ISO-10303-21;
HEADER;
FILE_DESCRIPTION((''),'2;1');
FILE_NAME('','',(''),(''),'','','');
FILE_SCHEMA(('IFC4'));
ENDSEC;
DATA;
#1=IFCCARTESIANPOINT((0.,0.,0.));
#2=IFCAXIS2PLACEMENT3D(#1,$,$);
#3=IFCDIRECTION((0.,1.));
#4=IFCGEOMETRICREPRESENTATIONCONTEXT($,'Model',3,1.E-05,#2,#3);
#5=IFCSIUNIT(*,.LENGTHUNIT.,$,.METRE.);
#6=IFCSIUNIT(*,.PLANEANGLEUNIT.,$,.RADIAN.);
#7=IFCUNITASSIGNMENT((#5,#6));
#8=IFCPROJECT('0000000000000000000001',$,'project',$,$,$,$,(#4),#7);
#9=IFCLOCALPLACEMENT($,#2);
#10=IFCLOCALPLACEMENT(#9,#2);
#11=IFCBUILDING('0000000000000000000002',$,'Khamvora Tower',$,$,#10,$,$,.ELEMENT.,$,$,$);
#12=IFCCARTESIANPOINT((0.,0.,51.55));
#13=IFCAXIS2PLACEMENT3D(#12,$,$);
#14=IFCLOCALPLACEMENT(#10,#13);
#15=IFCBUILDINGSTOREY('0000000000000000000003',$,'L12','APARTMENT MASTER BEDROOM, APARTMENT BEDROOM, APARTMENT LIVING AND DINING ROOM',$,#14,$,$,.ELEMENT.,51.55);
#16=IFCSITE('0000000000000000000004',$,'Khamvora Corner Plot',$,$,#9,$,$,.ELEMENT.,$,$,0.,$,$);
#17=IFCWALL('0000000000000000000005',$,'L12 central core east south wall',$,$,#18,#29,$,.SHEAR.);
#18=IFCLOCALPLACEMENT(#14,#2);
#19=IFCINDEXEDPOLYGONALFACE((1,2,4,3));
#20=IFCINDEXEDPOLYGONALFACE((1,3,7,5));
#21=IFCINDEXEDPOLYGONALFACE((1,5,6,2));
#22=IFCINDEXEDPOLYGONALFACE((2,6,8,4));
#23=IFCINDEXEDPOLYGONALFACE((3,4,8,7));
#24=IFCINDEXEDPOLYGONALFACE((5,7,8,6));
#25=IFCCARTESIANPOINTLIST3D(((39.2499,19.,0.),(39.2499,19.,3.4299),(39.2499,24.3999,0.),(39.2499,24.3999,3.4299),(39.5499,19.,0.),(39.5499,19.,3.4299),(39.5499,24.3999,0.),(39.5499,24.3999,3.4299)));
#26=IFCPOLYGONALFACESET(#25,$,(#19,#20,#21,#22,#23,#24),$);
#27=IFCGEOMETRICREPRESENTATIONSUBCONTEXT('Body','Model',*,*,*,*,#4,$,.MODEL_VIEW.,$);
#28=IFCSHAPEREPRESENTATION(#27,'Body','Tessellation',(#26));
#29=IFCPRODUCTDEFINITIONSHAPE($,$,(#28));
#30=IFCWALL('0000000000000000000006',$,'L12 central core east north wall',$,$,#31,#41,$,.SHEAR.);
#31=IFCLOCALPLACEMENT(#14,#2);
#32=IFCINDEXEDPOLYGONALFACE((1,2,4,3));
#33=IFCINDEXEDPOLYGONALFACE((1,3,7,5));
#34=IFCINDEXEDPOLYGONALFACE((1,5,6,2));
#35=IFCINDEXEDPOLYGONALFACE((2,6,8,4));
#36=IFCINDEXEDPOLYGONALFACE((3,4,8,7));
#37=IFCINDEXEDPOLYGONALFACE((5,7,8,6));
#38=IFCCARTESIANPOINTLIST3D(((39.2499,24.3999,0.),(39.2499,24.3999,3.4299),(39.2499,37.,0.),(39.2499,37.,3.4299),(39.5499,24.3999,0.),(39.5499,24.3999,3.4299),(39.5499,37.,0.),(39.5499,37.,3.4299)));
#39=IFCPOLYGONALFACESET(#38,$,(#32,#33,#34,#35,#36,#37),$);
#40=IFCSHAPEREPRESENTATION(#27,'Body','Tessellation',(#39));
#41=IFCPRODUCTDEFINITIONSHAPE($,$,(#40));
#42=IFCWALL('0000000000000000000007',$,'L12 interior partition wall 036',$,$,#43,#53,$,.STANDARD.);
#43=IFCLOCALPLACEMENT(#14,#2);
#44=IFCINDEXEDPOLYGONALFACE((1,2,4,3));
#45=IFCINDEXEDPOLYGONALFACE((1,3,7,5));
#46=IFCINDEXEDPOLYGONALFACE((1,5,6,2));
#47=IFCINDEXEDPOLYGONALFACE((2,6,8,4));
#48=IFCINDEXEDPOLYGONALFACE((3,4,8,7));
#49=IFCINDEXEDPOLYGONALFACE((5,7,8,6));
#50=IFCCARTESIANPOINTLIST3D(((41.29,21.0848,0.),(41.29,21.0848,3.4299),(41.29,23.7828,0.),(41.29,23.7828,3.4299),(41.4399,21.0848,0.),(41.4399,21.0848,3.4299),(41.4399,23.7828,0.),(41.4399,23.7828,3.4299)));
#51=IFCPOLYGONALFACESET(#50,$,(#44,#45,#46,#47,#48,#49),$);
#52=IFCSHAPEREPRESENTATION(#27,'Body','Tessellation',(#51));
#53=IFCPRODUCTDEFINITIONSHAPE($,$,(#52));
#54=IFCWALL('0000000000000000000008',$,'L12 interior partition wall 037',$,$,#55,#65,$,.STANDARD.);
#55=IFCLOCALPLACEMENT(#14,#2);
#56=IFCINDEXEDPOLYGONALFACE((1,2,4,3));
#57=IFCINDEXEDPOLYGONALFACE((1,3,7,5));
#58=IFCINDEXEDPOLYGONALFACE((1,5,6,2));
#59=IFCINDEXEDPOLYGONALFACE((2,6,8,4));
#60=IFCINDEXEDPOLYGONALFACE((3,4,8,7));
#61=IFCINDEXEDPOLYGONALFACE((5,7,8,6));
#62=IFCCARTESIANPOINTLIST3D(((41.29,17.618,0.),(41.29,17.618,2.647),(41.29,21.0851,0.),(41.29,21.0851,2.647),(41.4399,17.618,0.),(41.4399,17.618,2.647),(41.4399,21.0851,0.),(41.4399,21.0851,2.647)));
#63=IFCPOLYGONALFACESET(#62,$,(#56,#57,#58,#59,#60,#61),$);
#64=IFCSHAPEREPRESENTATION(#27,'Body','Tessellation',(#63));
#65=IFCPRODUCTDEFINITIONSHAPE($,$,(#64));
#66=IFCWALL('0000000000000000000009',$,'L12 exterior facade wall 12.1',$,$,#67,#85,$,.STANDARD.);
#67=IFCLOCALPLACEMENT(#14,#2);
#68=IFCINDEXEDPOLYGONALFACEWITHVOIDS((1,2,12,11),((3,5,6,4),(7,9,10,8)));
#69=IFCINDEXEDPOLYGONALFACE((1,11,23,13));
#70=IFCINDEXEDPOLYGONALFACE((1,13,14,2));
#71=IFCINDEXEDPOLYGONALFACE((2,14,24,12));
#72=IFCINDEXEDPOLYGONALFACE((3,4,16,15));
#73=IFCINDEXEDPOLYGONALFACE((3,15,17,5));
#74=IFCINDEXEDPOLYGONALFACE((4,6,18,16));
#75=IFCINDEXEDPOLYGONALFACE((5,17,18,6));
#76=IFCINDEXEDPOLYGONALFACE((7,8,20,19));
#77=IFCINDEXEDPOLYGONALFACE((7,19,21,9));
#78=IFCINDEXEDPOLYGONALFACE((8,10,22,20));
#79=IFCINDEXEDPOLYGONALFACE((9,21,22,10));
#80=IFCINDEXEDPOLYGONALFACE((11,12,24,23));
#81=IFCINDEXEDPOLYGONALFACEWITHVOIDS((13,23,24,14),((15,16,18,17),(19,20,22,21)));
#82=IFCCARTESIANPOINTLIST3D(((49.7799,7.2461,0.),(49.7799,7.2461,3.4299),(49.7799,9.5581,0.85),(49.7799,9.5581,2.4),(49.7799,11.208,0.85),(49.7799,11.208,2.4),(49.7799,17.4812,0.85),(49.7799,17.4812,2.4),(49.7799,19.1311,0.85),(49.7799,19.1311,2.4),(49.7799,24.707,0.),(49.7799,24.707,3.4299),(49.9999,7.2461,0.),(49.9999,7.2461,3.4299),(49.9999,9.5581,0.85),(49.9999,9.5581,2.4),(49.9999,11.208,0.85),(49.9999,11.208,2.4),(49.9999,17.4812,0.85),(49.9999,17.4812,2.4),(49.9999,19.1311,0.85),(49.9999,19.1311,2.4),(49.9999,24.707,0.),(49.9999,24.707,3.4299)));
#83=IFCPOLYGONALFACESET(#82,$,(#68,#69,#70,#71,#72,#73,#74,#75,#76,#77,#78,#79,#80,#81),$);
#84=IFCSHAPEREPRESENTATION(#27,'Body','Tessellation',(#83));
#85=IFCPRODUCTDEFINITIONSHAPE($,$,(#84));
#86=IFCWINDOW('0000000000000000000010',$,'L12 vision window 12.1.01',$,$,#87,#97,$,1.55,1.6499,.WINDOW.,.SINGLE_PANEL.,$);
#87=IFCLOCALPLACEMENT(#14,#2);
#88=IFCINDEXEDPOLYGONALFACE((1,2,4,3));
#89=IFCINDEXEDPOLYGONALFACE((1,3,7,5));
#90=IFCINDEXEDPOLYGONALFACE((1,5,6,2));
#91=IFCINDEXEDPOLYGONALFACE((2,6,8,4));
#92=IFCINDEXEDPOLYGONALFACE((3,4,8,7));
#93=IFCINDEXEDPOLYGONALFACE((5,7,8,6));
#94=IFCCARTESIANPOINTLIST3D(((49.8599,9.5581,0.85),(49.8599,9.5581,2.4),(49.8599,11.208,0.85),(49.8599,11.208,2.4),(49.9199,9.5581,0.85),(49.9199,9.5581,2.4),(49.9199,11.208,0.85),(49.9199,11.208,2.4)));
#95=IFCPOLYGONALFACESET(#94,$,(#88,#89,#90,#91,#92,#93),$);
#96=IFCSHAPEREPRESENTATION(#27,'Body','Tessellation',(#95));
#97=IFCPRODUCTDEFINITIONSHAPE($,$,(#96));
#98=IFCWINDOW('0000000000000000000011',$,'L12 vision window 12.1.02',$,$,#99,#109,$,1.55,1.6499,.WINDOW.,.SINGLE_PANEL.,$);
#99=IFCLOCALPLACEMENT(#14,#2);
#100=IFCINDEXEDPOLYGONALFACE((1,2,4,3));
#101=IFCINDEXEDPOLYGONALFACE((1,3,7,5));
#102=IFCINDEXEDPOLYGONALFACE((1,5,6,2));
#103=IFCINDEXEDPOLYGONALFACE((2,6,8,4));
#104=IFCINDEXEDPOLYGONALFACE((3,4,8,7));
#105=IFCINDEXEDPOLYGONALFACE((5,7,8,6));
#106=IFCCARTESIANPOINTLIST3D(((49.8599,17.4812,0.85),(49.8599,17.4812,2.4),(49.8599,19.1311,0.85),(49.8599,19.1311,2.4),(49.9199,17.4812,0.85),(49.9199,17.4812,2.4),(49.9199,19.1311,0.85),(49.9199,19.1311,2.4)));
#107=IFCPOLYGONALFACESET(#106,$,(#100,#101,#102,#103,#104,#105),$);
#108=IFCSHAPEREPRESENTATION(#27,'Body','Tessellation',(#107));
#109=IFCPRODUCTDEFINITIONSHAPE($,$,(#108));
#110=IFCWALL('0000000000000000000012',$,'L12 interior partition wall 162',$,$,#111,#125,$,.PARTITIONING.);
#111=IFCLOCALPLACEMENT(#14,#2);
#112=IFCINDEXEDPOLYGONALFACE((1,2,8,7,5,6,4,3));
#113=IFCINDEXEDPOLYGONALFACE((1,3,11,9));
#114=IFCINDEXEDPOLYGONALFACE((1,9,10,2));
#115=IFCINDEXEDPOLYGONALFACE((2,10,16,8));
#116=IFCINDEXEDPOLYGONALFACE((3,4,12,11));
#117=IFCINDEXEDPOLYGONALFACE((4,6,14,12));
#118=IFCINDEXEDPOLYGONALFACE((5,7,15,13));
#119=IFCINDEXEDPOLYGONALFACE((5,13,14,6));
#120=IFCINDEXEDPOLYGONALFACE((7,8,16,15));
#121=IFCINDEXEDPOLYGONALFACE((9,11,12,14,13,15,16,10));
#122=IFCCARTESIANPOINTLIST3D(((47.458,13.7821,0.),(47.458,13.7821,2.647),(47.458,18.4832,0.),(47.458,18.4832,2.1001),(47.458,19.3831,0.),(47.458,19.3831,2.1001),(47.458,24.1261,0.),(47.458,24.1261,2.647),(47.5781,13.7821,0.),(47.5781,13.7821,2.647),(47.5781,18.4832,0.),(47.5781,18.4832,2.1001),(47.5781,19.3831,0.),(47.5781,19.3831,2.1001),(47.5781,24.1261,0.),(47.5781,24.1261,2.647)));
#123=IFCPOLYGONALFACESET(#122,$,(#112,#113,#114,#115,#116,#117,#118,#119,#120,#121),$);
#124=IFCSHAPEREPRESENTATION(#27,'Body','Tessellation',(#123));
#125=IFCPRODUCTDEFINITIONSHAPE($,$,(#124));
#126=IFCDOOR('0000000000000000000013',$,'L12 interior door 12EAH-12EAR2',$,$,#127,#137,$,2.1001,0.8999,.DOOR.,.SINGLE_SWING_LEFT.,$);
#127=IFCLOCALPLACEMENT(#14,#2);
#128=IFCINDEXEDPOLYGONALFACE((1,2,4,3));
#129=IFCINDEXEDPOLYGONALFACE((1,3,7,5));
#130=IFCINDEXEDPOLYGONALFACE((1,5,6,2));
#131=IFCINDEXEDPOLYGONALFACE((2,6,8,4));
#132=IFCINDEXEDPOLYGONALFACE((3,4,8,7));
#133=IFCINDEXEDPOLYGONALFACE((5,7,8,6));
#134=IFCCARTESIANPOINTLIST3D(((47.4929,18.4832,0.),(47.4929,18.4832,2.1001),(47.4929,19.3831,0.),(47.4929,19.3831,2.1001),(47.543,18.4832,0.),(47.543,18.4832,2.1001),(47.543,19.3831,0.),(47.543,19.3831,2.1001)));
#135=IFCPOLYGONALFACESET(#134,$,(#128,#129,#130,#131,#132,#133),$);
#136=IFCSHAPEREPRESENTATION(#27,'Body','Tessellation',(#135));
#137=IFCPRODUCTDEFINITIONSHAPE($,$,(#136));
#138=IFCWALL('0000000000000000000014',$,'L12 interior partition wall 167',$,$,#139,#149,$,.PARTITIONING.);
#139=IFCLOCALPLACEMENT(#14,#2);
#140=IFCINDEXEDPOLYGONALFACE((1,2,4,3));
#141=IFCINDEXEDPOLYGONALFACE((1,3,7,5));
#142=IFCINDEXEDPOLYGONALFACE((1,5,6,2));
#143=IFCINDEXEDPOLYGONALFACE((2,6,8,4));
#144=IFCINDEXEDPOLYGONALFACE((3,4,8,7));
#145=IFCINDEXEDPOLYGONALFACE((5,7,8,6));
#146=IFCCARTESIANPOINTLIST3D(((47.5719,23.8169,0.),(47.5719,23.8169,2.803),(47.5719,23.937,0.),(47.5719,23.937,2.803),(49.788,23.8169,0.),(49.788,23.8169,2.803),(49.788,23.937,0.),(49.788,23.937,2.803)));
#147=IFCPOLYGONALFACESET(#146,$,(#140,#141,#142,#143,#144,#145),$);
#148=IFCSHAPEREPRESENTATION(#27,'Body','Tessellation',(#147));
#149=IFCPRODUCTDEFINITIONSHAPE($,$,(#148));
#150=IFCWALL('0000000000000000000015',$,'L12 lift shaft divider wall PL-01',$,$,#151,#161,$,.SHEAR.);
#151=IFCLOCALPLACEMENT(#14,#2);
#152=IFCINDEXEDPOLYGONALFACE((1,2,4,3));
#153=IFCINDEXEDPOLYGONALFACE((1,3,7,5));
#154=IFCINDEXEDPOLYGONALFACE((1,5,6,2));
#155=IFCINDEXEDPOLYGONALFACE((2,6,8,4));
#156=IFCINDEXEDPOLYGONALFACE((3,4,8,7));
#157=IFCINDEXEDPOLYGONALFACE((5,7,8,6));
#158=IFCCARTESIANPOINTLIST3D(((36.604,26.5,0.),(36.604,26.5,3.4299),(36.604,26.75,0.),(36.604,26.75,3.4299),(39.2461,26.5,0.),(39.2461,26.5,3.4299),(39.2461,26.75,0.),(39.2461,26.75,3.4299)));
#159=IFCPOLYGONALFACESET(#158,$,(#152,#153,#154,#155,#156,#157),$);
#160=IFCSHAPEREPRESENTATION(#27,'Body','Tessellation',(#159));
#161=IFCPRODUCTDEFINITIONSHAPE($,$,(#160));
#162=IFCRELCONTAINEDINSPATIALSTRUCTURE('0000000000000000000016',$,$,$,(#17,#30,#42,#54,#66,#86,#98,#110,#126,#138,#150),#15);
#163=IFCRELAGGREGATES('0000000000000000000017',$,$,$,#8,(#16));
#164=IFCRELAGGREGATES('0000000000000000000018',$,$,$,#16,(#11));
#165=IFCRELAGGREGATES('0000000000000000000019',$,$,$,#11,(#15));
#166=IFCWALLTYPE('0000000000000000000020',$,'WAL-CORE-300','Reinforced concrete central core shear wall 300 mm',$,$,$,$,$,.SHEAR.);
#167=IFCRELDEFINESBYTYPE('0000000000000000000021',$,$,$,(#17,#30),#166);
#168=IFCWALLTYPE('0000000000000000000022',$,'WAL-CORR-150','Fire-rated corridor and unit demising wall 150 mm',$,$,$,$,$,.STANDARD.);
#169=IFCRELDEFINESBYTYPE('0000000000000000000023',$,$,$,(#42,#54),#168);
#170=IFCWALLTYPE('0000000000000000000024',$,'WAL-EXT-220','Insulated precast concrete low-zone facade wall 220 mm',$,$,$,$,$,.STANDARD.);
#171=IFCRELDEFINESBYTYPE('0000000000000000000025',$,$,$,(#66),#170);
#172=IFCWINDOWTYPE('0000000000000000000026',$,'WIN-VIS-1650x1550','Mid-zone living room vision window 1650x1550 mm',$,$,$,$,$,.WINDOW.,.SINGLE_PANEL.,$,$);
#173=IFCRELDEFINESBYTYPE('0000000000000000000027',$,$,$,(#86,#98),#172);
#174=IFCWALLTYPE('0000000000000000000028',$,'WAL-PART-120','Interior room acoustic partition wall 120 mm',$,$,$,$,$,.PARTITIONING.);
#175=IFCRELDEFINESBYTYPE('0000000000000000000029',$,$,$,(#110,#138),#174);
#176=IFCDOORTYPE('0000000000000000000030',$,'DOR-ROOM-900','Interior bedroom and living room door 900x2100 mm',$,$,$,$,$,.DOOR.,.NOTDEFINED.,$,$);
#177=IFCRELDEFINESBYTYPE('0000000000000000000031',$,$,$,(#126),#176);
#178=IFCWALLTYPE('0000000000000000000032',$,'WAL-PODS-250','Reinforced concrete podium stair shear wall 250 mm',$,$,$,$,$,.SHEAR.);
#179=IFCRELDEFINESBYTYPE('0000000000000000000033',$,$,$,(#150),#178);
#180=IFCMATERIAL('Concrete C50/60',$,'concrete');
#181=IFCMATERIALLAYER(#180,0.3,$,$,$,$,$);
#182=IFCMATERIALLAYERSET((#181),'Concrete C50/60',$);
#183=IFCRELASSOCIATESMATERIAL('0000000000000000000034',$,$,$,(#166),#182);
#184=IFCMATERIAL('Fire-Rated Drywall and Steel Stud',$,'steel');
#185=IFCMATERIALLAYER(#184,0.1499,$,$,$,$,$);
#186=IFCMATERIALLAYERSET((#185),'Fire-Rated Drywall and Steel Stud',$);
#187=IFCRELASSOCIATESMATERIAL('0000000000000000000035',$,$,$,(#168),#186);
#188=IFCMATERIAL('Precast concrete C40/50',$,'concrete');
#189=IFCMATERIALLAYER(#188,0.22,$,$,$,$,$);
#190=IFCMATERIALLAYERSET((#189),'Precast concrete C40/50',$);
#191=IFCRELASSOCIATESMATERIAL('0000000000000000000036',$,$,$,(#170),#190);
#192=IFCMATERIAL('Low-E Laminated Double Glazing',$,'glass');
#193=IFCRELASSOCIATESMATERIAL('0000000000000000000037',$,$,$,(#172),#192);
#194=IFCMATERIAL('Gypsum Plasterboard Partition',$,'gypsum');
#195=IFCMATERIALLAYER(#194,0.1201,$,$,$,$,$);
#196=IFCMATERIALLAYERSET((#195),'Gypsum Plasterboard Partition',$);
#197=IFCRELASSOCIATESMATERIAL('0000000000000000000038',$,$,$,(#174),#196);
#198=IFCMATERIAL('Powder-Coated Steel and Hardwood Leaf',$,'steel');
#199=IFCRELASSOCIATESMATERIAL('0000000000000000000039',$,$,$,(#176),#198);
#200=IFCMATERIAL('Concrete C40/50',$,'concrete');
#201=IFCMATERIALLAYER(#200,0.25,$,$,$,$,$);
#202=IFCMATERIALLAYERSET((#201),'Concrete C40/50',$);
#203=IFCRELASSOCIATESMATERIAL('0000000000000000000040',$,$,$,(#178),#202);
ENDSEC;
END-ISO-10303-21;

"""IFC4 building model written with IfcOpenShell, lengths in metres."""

from ifc_helpers import new_model, si_unit, direction, frame, frame_2d, origin, place, context, subcontext, project, spatial, rectangle, extrude, material, layer, layer_set, type_object, element, fill, save


model = new_model("IFC4")

# Units and contexts
model_context = context("Model", 3, precision=1e-05, world=origin(), true_north=direction((0.0, 1.0)))
body_context = subcontext(model_context, "Body", "Model", "MODEL_VIEW")
ifc_project = project(units=[si_unit("LENGTHUNIT", "METRE"), si_unit("PLANEANGLEUNIT", "RADIAN")], contexts=[model_context])

# Site, building, storey
site_placement = place(None, origin())
site = spatial("IfcSite", under=ifc_project, at=site_placement, Name="Khamvora Corner Plot", CompositionType="ELEMENT", RefElevation=0.0)
building_placement = place(site_placement, origin())
building = spatial("IfcBuilding", under=site, at=building_placement, Name="Khamvora Tower", CompositionType="ELEMENT")
storey_placement = place(building_placement, frame((0.0, 0.0, 51.55)))
storey = spatial("IfcBuildingStorey", under=building, at=storey_placement, Name="L12", Description="APARTMENT MASTER BEDROOM, APARTMENT BEDROOM, APARTMENT LIVING AND DINING ROOM", CompositionType="ELEMENT", Elevation=51.55)

# Walls
ifc_material_1 = material(Name="Concrete C50/60", Category="concrete")
ifc_layer_1 = layer(ifc_material_1, 0.3)
ifc_layer_set_1 = layer_set([ifc_layer_1], Name="Concrete C50/60")
wall_type_1 = type_object("IfcWallType", Name="WAL-CORE-300", Description="Reinforced concrete central core shear wall 300 mm", PredefinedType="SHEAR", material=ifc_layer_set_1)
wall_1_placement = place(storey_placement, frame((39.3999, 19.0, 0.0), z_axis=(0.0, 0.0, 1.0), x_axis=(0.0, 1.0, 0.0)))
element("IfcWall", 1, at=wall_1_placement, inside=storey, type_object=wall_type_1, Name="L12 central core east south wall", PredefinedType="SHEAR", context=body_context, shape_type="SweptSolid", body=[
    extrude(rectangle(XDim=5.3999, YDim=0.3, at=frame_2d((2.7, 0.0))), origin(), (0.0, 0.0, 1.0), 3.4299),
])
wall_2_placement = place(storey_placement, frame((39.3999, 24.3999, 0.0), z_axis=(0.0, 0.0, 1.0), x_axis=(0.0, 1.0, 0.0)))
element("IfcWall", 2, at=wall_2_placement, inside=storey, type_object=wall_type_1, Name="L12 central core east north wall", PredefinedType="SHEAR", context=body_context, shape_type="SweptSolid", body=[
    extrude(rectangle(XDim=12.6001, YDim=0.3, at=frame_2d((6.3, 0.0))), origin(), (0.0, 0.0, 1.0), 3.4299),
])
ifc_material_2 = material(Name="Fire-Rated Drywall and Steel Stud", Category="steel")
ifc_layer_2 = layer(ifc_material_2, 0.1499)
ifc_layer_set_2 = layer_set([ifc_layer_2], Name="Fire-Rated Drywall and Steel Stud")
wall_type_2 = type_object("IfcWallType", Name="WAL-CORR-150", Description="Fire-rated corridor and unit demising wall 150 mm", PredefinedType="STANDARD", material=ifc_layer_set_2)
wall_3_placement = place(storey_placement, frame((41.365, 23.783, 0.0), z_axis=(0.0, 0.0, 1.0), x_axis=(0.0, -1.0, 0.0)))
element("IfcWall", 3, at=wall_3_placement, inside=storey, type_object=wall_type_2, Name="L12 interior partition wall 036", PredefinedType="STANDARD", context=body_context, shape_type="SweptSolid", body=[
    extrude(rectangle(XDim=2.698, YDim=0.1499, at=frame_2d((1.3491, 0.0))), origin(), (0.0, 0.0, 1.0), 3.4299),
])
wall_4_placement = place(storey_placement, frame((41.365, 21.085, 0.0), z_axis=(0.0, 0.0, 1.0), x_axis=(0.0, -1.0, 0.0)))
element("IfcWall", 4, at=wall_4_placement, inside=storey, type_object=wall_type_2, Name="L12 interior partition wall 037", PredefinedType="STANDARD", context=body_context, shape_type="SweptSolid", body=[
    extrude(rectangle(XDim=3.467, YDim=0.1499, at=frame_2d((1.7334, 0.0))), origin(), (0.0, 0.0, 1.0), 2.647),
])

# Wall, openings, windows
ifc_material_3 = material(Name="Precast concrete C40/50", Category="concrete")
ifc_layer_3 = layer(ifc_material_3, 0.22)
ifc_layer_set_3 = layer_set([ifc_layer_3], Name="Precast concrete C40/50")
wall_type_3 = type_object("IfcWallType", Name="WAL-EXT-220", Description="Insulated precast concrete low-zone facade wall 220 mm", PredefinedType="STANDARD", material=ifc_layer_set_3)
wall_5_placement = place(storey_placement, frame((49.8899, 24.707, 0.0), z_axis=(0.0, 0.0, 1.0), x_axis=(0.0, -1.0, 0.0)))
wall_5 = element("IfcWall", 5, at=wall_5_placement, inside=storey, type_object=wall_type_3, Name="L12 exterior facade wall 12.1", PredefinedType="STANDARD", context=body_context, shape_type="SweptSolid", body=[
    extrude(rectangle(XDim=17.4609, YDim=0.22, at=frame_2d((8.7305, 0.0))), origin(), (0.0, 0.0, 1.0), 3.4299),
])
opening_1_placement = place(wall_5_placement, frame((13.499, 0.0, 0.8501)))
opening_1 = element("IfcOpeningElement", 6, at=opening_1_placement, cuts=wall_5, PredefinedType="OPENING", context=body_context, shape_type="SweptSolid", body=[
    extrude(rectangle(XDim=1.6499, YDim=1.55, at=frame_2d((0.825, 0.7749))), frame((0.0, 0.1199, 0.0), z_axis=(0.0, -1.0, 0.0), x_axis=(1.0, 0.0, 0.0)), (0.0, 0.0, 1.0), 0.24),
])
opening_2_placement = place(wall_5_placement, frame((5.5759, 0.0, 0.8501)))
opening_2 = element("IfcOpeningElement", 7, at=opening_2_placement, cuts=wall_5, PredefinedType="OPENING", context=body_context, shape_type="SweptSolid", body=[
    extrude(rectangle(XDim=1.6499, YDim=1.55, at=frame_2d((0.825, 0.7749))), frame((0.0, 0.1199, 0.0), z_axis=(0.0, -1.0, 0.0), x_axis=(1.0, 0.0, 0.0)), (0.0, 0.0, 1.0), 0.24),
])
ifc_material_4 = material(Name="Low-E Laminated Double Glazing", Category="glass")
window_type = type_object("IfcWindowType", Name="WIN-VIS-1650x1550", Description="Mid-zone living room vision window 1650x1550 mm", PartitioningType="SINGLE_PANEL", PredefinedType="WINDOW", material=ifc_material_4)
window_1_placement = place(opening_1_placement, origin())
window_1 = element("IfcWindow", 8, at=window_1_placement, inside=storey, type_object=window_type, Name="L12 vision window 12.1.01", OverallHeight=1.55, OverallWidth=1.6499, PartitioningType="SINGLE_PANEL", PredefinedType="WINDOW", context=body_context, shape_type="SweptSolid", body=[
    extrude(rectangle(XDim=1.6499, YDim=1.55, at=frame_2d((0.825, 0.7749))), frame((0.0, 0.03, 0.0), z_axis=(0.0, -1.0, 0.0), x_axis=(1.0, 0.0, 0.0)), (0.0, 0.0, 1.0), 0.0601),
])
fill(opening_1, window_1)
window_2_placement = place(opening_2_placement, origin())
window_2 = element("IfcWindow", 9, at=window_2_placement, inside=storey, type_object=window_type, Name="L12 vision window 12.1.02", OverallHeight=1.55, OverallWidth=1.6499, PartitioningType="SINGLE_PANEL", PredefinedType="WINDOW", context=body_context, shape_type="SweptSolid", body=[
    extrude(rectangle(XDim=1.6499, YDim=1.55, at=frame_2d((0.825, 0.7749))), frame((0.0, 0.03, 0.0), z_axis=(0.0, -1.0, 0.0), x_axis=(1.0, 0.0, 0.0)), (0.0, 0.0, 1.0), 0.0601),
])
fill(opening_2, window_2)

# Wall, opening, door
ifc_material_5 = material(Name="Gypsum Plasterboard Partition", Category="gypsum")
ifc_layer_4 = layer(ifc_material_5, 0.1201)
ifc_layer_set_4 = layer_set([ifc_layer_4], Name="Gypsum Plasterboard Partition")
wall_type_4 = type_object("IfcWallType", Name="WAL-PART-120", Description="Interior room acoustic partition wall 120 mm", PredefinedType="PARTITIONING", material=ifc_layer_set_4)
wall_6_placement = place(storey_placement, frame((47.5181, 24.126, 0.0), z_axis=(0.0, 0.0, 1.0), x_axis=(0.0, -1.0, 0.0)))
wall_6 = element("IfcWall", 10, at=wall_6_placement, inside=storey, type_object=wall_type_4, Name="L12 interior partition wall 162", PredefinedType="PARTITIONING", context=body_context, shape_type="SweptSolid", body=[
    extrude(rectangle(XDim=10.344, YDim=0.1201, at=frame_2d((5.1719, 0.0))), origin(), (0.0, 0.0, 1.0), 2.647),
])
opening_3_placement = place(wall_6_placement, frame((4.7429, 0.0, 0.0)))
opening_3 = element("IfcOpeningElement", 11, at=opening_3_placement, cuts=wall_6, PredefinedType="OPENING", context=body_context, shape_type="SweptSolid", body=[
    extrude(rectangle(XDim=0.8999, YDim=2.1001, at=frame_2d((0.45, 1.05))), frame((0.0, 0.0701, 0.0), z_axis=(0.0, -1.0, 0.0), x_axis=(1.0, 0.0, 0.0)), (0.0, 0.0, 1.0), 0.1401),
])
ifc_material_6 = material(Name="Powder-Coated Steel and Hardwood Leaf", Category="steel")
door_type_1 = type_object("IfcDoorType", Name="DOR-ROOM-900", Description="Interior bedroom and living room door 900x2100 mm", OperationType="NOTDEFINED", PredefinedType="DOOR", material=ifc_material_6)
door_1_placement = place(opening_3_placement, origin())
door_1 = element("IfcDoor", 12, at=door_1_placement, inside=storey, type_object=door_type_1, Name="L12 interior door 12EAH-12EAR2", OperationType="SINGLE_SWING_LEFT", OverallHeight=2.1001, OverallWidth=0.8999, PredefinedType="DOOR", context=body_context, shape_type="SweptSolid", body=[
    extrude(rectangle(XDim=0.8999, YDim=2.1001, at=frame_2d((0.45, 1.05))), frame((0.0, 0.0249, 0.0), z_axis=(0.0, -1.0, 0.0), x_axis=(1.0, 0.0, 0.0)), (0.0, 0.0, 1.0), 0.05),
])
fill(opening_3, door_1)

# Walls
wall_7_placement = place(storey_placement, frame((47.572, 23.877, 0.0), z_axis=(0.0, 0.0, 1.0), x_axis=(1.0, 0.0, 0.0)))
element("IfcWall", 13, at=wall_7_placement, inside=storey, type_object=wall_type_4, Name="L12 interior partition wall 167", PredefinedType="PARTITIONING", context=body_context, shape_type="SweptSolid", body=[
    extrude(rectangle(XDim=2.2161, YDim=0.1201, at=frame_2d((1.1079, 0.0))), origin(), (0.0, 0.0, 1.0), 2.803),
])
ifc_material_7 = material(Name="Concrete C40/50", Category="concrete")
ifc_layer_5 = layer(ifc_material_7, 0.25)
ifc_layer_set_5 = layer_set([ifc_layer_5], Name="Concrete C40/50")
wall_type_5 = type_object("IfcWallType", Name="WAL-PODS-250", Description="Reinforced concrete podium stair shear wall 250 mm", PredefinedType="SHEAR", material=ifc_layer_set_5)
wall_8_placement = place(storey_placement, frame((36.604, 26.625, 0.0), z_axis=(0.0, 0.0, 1.0), x_axis=(1.0, 0.0, 0.0)))
element("IfcWall", 14, at=wall_8_placement, inside=storey, type_object=wall_type_5, Name="L12 lift shaft divider wall PL-01", PredefinedType="SHEAR", context=body_context, shape_type="SweptSolid", body=[
    extrude(rectangle(XDim=2.6421, YDim=0.25, at=frame_2d((1.321, 0.0))), origin(), (0.0, 0.0, 1.0), 3.4299),
])

save(model, "model.ifc")
